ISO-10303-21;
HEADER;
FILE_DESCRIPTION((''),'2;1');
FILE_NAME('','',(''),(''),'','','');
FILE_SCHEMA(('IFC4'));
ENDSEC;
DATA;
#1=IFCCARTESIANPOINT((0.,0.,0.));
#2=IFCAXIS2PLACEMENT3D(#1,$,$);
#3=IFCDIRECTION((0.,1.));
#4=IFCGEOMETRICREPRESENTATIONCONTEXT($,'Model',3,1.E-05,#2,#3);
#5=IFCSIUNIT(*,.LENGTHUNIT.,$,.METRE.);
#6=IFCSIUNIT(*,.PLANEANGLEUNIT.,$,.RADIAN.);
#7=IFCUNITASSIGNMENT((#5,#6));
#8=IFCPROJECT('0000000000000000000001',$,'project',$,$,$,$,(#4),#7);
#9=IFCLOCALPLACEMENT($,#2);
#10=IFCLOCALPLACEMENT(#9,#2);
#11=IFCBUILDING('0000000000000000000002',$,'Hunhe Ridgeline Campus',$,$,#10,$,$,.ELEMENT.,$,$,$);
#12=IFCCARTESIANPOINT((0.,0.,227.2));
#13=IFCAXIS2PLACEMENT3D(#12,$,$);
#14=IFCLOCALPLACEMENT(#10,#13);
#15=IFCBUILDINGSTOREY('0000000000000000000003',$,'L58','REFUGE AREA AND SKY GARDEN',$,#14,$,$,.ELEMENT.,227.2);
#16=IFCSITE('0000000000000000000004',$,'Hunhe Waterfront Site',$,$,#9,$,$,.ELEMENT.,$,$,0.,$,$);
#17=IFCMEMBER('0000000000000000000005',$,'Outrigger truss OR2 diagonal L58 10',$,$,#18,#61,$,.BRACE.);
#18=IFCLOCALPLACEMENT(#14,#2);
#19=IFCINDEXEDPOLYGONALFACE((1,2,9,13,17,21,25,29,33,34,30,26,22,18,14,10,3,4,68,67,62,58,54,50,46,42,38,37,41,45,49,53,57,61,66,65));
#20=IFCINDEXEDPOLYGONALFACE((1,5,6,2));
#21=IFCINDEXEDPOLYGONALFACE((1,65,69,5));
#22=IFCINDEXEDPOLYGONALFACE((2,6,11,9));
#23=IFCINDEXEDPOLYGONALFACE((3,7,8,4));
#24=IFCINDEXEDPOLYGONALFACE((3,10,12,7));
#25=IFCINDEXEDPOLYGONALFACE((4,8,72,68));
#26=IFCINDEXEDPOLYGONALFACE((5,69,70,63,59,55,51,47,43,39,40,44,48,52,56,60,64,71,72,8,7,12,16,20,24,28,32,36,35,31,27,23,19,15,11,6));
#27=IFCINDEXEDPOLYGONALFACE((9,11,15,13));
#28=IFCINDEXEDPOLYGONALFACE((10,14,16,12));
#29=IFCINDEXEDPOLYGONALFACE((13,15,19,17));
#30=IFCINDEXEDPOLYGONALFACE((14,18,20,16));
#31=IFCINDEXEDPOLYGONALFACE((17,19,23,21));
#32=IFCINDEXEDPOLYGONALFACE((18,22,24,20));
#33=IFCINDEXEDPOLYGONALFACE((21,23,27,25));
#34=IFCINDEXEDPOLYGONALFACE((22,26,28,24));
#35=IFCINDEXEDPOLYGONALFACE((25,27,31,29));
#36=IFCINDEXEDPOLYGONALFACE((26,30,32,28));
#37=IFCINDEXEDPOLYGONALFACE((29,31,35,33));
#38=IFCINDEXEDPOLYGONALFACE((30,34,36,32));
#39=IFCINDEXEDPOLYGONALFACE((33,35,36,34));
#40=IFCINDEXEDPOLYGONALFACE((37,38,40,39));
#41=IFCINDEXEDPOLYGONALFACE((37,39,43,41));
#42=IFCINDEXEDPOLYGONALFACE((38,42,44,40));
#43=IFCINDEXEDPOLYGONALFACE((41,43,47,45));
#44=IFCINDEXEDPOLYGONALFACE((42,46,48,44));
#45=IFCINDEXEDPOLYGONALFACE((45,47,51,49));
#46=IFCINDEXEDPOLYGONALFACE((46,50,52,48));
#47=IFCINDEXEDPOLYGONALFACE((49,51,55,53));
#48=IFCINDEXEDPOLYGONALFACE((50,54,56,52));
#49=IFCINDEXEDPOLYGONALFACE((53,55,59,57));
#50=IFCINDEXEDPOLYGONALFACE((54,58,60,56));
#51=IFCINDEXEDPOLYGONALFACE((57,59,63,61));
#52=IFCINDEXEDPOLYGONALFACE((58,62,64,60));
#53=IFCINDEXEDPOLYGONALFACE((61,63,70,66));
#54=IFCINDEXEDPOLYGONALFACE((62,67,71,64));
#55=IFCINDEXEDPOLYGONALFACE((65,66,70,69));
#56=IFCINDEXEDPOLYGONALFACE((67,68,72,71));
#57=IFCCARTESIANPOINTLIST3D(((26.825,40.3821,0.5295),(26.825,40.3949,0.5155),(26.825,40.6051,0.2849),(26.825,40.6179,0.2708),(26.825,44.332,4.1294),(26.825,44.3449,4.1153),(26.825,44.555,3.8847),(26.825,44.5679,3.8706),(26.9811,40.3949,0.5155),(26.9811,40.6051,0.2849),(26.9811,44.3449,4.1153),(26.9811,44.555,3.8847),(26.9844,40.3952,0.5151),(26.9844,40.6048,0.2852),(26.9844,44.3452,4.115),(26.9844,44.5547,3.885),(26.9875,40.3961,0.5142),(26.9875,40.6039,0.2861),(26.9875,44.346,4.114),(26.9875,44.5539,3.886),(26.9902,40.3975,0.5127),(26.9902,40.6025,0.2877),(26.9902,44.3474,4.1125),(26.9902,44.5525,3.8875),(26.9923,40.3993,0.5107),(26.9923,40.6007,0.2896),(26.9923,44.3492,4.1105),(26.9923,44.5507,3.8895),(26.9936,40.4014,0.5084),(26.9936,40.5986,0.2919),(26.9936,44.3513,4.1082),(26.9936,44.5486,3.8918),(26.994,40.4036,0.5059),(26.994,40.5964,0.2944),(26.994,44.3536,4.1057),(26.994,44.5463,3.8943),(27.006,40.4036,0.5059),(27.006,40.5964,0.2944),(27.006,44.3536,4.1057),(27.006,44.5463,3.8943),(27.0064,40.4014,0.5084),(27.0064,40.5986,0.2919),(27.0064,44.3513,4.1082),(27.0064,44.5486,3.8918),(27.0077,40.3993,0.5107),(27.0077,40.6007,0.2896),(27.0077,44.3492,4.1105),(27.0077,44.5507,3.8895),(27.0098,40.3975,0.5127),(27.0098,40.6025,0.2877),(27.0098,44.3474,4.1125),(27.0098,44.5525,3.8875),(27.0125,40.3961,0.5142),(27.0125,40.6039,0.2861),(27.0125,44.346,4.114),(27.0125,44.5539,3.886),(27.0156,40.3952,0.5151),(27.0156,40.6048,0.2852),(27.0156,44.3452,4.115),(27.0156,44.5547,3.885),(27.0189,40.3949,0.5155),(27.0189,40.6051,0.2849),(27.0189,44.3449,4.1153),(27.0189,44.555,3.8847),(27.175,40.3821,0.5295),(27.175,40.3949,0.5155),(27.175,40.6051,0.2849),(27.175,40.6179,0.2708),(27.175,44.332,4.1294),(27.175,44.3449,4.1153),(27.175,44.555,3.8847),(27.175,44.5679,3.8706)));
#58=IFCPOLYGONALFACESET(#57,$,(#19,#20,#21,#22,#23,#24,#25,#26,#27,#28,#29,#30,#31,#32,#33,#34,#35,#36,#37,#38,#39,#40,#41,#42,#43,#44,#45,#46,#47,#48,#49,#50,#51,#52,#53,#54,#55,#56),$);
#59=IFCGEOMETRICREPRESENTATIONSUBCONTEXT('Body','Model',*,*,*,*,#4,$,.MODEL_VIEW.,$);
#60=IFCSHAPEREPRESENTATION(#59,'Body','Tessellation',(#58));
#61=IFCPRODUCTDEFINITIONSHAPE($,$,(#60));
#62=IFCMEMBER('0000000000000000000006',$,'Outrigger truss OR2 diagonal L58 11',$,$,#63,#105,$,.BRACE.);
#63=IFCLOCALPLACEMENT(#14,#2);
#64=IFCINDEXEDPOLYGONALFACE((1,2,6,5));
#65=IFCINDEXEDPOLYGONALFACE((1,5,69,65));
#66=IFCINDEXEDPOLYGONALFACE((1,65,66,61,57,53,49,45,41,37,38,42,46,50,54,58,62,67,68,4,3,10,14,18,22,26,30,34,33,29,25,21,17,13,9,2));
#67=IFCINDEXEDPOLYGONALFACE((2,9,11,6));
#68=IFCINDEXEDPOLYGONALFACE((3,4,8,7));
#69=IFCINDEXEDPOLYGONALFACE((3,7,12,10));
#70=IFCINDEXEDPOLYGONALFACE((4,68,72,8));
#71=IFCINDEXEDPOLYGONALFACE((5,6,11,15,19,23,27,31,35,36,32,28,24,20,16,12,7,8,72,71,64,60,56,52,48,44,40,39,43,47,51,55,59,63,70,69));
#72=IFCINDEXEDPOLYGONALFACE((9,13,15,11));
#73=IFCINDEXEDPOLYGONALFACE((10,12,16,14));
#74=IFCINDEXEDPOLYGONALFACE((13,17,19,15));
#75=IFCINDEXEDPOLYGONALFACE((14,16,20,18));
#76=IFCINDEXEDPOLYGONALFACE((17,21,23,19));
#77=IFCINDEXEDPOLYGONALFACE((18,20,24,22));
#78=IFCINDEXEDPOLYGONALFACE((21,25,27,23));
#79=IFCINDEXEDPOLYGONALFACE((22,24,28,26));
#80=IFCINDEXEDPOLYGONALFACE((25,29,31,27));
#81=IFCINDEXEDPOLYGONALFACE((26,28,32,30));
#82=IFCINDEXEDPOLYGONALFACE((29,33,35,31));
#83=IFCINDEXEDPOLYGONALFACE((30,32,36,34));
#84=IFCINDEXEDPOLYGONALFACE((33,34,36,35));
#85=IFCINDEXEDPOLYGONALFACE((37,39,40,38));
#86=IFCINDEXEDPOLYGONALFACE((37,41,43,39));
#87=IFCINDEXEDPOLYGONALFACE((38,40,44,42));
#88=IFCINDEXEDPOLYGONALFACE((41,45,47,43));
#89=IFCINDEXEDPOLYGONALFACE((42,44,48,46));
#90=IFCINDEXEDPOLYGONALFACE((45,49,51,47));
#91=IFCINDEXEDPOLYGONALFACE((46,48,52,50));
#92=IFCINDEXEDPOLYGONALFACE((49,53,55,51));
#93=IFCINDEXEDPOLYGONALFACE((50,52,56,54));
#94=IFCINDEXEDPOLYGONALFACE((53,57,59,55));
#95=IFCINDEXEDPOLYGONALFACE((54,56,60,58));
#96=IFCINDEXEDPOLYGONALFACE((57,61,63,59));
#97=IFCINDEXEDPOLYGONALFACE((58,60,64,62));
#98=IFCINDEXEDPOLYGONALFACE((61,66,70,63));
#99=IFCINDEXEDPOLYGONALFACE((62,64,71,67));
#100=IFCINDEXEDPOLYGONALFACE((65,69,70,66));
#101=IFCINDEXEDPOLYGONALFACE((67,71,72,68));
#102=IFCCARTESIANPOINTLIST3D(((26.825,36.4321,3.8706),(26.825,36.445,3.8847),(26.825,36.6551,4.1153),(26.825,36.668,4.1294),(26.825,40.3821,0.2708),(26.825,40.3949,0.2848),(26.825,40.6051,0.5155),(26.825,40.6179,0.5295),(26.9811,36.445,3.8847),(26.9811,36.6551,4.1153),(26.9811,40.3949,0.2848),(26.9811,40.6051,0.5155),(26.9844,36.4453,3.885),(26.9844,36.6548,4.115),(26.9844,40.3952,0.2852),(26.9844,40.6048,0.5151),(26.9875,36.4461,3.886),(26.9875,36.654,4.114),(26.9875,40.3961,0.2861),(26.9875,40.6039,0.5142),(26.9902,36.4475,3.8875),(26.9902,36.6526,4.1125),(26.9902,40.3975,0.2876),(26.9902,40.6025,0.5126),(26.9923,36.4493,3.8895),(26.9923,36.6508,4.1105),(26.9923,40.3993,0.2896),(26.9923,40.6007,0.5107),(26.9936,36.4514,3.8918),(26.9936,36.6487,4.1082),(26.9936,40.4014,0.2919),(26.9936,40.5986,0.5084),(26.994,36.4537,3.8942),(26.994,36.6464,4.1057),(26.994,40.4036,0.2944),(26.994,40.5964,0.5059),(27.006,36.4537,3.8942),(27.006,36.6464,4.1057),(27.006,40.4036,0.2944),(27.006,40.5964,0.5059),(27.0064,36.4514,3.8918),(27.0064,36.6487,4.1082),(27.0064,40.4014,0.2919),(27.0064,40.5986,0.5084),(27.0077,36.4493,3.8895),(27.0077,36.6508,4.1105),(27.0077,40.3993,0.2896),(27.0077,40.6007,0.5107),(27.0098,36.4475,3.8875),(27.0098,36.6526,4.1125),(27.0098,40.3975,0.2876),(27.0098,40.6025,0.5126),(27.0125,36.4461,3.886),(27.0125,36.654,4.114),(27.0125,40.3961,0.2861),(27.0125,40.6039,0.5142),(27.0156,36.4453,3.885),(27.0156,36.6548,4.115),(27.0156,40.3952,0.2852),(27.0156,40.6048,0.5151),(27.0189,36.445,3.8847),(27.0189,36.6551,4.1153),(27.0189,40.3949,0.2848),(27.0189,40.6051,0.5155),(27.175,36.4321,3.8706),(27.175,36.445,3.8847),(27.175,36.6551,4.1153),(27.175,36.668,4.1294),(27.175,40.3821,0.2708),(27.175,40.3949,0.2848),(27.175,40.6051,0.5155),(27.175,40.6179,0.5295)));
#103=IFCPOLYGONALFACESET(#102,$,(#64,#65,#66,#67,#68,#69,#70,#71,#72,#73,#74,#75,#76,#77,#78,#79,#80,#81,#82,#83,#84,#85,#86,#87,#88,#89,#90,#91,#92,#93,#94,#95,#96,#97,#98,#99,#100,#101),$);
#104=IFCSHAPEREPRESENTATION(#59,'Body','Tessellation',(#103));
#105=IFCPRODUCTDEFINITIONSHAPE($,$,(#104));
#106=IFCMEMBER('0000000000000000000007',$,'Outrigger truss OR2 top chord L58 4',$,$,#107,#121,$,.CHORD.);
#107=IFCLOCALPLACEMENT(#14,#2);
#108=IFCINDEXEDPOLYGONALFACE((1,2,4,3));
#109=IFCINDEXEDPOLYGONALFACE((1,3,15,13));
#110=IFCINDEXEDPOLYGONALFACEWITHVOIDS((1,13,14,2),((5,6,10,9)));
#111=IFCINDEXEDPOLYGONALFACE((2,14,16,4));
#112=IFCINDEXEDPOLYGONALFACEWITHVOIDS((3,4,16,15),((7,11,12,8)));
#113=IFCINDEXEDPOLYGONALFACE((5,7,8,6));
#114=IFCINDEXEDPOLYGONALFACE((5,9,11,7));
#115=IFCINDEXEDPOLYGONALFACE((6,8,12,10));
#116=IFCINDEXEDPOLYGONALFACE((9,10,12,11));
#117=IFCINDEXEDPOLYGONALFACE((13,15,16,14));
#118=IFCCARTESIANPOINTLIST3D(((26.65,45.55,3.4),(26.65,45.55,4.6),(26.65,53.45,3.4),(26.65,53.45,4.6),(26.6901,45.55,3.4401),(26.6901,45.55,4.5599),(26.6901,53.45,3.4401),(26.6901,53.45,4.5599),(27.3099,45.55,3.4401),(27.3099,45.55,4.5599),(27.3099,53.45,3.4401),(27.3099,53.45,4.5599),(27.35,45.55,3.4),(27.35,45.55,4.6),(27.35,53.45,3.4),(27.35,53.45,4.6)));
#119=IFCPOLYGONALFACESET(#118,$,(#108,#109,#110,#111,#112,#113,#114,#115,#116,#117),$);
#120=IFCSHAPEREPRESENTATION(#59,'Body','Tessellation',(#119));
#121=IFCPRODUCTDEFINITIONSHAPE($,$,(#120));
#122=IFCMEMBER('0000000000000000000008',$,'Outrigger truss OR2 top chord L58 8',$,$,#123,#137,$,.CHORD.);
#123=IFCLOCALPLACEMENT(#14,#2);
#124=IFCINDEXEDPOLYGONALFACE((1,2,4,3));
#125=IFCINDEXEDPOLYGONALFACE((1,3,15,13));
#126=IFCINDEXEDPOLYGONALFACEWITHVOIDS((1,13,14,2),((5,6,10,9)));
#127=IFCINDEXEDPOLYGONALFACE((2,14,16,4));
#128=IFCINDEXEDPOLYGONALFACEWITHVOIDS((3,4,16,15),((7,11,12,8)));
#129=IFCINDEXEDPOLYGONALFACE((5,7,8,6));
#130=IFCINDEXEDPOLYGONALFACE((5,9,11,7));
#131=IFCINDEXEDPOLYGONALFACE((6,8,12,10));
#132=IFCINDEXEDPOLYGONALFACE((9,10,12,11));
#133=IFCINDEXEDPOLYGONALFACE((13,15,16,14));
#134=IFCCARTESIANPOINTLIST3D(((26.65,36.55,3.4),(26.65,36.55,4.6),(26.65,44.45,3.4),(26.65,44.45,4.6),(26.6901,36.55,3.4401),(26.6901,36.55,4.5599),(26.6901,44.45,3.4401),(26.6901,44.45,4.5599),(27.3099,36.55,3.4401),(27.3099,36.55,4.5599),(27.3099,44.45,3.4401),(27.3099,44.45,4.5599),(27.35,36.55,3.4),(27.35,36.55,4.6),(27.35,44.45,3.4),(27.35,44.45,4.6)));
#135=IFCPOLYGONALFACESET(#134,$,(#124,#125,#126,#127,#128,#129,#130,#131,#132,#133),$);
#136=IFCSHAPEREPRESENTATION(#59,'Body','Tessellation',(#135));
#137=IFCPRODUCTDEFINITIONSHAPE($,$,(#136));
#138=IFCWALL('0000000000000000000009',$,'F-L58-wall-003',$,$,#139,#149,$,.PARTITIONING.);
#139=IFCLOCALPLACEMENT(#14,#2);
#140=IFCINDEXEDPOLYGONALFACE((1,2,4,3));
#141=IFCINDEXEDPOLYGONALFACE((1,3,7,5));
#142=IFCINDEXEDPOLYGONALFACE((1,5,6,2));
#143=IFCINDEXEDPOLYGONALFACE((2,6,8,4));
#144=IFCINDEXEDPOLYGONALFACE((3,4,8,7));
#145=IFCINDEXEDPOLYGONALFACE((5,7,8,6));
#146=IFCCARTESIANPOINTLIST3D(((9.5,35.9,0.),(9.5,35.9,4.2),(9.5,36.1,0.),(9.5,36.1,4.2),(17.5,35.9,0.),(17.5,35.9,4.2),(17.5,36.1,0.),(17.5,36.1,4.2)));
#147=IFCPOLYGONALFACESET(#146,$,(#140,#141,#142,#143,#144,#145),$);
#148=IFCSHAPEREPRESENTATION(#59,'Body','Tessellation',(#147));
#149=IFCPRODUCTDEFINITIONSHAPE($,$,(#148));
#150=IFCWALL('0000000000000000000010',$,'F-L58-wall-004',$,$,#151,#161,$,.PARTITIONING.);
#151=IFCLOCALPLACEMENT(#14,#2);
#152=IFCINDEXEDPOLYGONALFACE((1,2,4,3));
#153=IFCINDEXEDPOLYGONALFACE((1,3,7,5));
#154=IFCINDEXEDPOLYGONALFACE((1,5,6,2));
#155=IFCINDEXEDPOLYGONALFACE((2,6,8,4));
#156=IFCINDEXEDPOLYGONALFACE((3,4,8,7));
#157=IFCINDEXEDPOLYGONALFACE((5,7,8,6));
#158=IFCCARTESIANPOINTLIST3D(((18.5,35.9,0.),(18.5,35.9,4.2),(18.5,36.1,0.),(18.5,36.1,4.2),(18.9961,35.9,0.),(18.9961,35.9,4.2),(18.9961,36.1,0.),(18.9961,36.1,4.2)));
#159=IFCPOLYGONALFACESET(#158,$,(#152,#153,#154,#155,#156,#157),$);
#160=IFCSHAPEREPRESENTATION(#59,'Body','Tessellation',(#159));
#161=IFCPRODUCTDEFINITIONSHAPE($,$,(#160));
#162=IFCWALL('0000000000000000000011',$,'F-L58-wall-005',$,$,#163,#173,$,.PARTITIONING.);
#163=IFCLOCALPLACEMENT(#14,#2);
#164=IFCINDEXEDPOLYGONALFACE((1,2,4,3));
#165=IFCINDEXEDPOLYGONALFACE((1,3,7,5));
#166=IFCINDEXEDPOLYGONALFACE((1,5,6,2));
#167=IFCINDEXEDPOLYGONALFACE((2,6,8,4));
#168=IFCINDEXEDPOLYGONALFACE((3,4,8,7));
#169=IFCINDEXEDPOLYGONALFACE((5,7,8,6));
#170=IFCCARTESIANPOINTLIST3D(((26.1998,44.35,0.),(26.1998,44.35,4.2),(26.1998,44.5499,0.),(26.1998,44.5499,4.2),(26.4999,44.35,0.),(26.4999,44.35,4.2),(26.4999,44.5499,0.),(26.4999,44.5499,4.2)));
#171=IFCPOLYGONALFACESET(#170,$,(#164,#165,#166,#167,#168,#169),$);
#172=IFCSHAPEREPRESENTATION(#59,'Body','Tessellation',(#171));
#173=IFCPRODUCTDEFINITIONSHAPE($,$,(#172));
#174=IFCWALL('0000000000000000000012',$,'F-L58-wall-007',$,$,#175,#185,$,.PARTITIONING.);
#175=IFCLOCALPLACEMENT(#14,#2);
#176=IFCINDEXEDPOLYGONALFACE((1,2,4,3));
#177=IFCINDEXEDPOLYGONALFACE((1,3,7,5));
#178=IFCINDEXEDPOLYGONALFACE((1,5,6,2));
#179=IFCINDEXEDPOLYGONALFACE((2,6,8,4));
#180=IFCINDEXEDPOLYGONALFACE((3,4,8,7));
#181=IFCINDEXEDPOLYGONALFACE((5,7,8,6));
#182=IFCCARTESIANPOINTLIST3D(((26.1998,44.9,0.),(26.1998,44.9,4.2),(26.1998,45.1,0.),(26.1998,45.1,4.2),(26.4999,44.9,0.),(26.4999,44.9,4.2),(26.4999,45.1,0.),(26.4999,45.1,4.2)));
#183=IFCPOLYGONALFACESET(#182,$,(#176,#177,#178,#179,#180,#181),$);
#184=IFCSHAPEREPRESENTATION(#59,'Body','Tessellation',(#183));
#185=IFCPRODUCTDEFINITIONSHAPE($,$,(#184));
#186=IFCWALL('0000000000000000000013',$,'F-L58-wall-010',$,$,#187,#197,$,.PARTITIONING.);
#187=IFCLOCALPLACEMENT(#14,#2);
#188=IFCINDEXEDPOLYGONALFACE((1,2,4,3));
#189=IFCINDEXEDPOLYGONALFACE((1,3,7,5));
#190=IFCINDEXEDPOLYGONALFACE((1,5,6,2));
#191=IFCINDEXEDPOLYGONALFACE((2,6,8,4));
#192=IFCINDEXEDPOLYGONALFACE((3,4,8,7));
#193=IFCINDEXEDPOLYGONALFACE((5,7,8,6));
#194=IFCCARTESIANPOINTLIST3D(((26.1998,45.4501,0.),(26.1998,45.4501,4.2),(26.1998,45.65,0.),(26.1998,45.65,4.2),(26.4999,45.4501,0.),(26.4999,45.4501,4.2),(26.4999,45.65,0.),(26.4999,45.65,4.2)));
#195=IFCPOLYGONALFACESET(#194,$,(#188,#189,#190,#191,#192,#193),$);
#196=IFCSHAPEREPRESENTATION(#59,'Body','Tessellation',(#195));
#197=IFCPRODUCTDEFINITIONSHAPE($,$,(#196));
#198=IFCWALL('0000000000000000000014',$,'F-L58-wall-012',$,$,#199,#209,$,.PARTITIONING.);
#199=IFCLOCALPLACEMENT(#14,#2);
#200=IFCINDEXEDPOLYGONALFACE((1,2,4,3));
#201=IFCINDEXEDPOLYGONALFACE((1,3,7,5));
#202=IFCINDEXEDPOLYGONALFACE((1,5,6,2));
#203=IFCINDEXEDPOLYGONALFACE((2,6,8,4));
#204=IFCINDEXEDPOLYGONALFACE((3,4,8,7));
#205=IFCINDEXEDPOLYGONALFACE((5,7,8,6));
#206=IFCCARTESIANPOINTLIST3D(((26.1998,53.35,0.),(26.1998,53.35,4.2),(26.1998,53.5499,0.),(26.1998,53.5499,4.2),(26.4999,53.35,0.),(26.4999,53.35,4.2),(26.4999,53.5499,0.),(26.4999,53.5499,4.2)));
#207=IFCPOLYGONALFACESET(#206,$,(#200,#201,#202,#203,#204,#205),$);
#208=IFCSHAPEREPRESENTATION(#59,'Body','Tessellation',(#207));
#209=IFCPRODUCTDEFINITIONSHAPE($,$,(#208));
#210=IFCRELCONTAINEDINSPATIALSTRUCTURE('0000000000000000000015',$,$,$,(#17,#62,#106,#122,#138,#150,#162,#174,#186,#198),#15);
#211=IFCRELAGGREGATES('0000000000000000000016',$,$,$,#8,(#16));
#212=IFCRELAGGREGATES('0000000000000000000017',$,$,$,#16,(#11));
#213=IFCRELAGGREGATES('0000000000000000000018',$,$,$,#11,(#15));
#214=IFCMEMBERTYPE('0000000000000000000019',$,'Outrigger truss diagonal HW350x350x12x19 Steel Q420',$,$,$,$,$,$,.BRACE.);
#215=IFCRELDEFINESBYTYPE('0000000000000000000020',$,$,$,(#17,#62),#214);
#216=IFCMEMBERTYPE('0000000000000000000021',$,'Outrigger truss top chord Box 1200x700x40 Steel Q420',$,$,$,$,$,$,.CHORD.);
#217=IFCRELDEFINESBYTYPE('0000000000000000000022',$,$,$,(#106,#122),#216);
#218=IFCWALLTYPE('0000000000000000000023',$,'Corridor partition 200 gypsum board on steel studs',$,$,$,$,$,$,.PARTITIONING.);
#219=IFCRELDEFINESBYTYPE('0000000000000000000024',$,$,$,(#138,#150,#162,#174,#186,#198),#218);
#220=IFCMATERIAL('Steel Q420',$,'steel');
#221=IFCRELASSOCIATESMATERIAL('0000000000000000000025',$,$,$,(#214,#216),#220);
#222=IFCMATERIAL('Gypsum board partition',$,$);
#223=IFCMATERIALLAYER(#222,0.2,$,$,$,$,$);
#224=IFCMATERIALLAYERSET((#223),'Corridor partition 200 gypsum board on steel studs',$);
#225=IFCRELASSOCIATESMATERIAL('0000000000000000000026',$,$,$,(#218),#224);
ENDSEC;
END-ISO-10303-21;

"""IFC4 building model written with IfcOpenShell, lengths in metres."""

from ifc_helpers import new_model, si_unit, direction, frame, frame_2d, origin, origin_2d, place, context, subcontext, project, spatial, rectangle, hollow_rectangle, i_section, extrude, material, layer, layer_set, material_profile, profile_set, type_object, element, save


model = new_model("IFC4")

# Units and contexts
model_context = context("Model", 3, precision=1e-05, world=origin(), true_north=direction((0.0, 1.0)))
body_context = subcontext(model_context, "Body", "Model", "MODEL_VIEW")
ifc_project = project(units=[si_unit("LENGTHUNIT", "METRE"), si_unit("PLANEANGLEUNIT", "RADIAN")], contexts=[model_context])

# Site, building, storey
site_placement = place(None, origin())
site = spatial("IfcSite", under=ifc_project, at=site_placement, Name="Hunhe Waterfront Site", CompositionType="ELEMENT", RefElevation=0.0)
building_placement = place(site_placement, origin())
building = spatial("IfcBuilding", under=site, at=building_placement, Name="Hunhe Ridgeline Campus", CompositionType="ELEMENT")
storey_placement = place(building_placement, frame((0.0, 0.0, 227.2)))
storey = spatial("IfcBuildingStorey", under=building, at=storey_placement, Name="L58", Description="REFUGE AREA AND SKY GARDEN", CompositionType="ELEMENT", Elevation=227.2)

# Members
ifc_material_1 = material(Name="Steel Q420", Category="steel")
ifc_material_profile_1 = material_profile(ifc_material_1, i_section(OverallWidth=0.3501, OverallDepth=0.3501, WebThickness=0.012, FlangeThickness=0.019, FilletRadius=0.0129, at=origin_2d()))
ifc_profile_set_1 = profile_set([ifc_material_profile_1], Name="Steel Q420")
member_type_1 = type_object("IfcMemberType", Name="Outrigger truss diagonal HW350x350x12x19 Steel Q420", PredefinedType="BRACE", material=ifc_profile_set_1)
for number, where, z_axis, x_axis, name in (
    (1, (27.0, 44.45, 4.0), (0.0, -0.739102, -0.673593), (1.0, 0.0, 0.0), "Outrigger truss OR2 diagonal L58 10"),
    (2, (27.0, 40.5, 0.4001), (0.0, -0.739102, 0.673593), (1.0, 0.0, 0.0), "Outrigger truss OR2 diagonal L58 11"),
):
    element("IfcMember", number, at=place(storey_placement, frame(where, z_axis=z_axis, x_axis=x_axis)), inside=storey, type_object=member_type_1, Name=name, PredefinedType="BRACE", context=body_context, shape_type="SweptSolid", body=[
        extrude(i_section(OverallWidth=0.3501, OverallDepth=0.3501, WebThickness=0.012, FlangeThickness=0.019, FilletRadius=0.0129, at=origin_2d()), origin(), (0.0, 0.0, 1.0), 5.3442),
    ])
ifc_material_profile_2 = material_profile(ifc_material_1, hollow_rectangle(XDim=0.7, YDim=1.2, WallThickness=0.04, at=origin_2d()))
ifc_profile_set_2 = profile_set([ifc_material_profile_2], Name="Steel Q420")
member_type_2 = type_object("IfcMemberType", Name="Outrigger truss top chord Box 1200x700x40 Steel Q420", PredefinedType="CHORD", material=ifc_profile_set_2)
for number, where, z_axis, x_axis, name in (
    (3, (27.0, 53.45, 4.0), (0.0, -1.0, 0.0), (1.0, 0.0, 0.0), "Outrigger truss OR2 top chord L58 4"),
    (4, (27.0, 44.45, 4.0), (0.0, -1.0, 0.0), (1.0, 0.0, 0.0), "Outrigger truss OR2 top chord L58 8"),
):
    element("IfcMember", number, at=place(storey_placement, frame(where, z_axis=z_axis, x_axis=x_axis)), inside=storey, type_object=member_type_2, Name=name, PredefinedType="CHORD", context=body_context, shape_type="SweptSolid", body=[
        extrude(hollow_rectangle(XDim=0.7, YDim=1.2, WallThickness=0.04, at=origin_2d()), origin(), (0.0, 0.0, 1.0), 7.8999),
    ])

# Walls
ifc_material_2 = material(Name="Gypsum board partition")
ifc_layer_1 = layer(ifc_material_2, 0.2)
ifc_layer_set_1 = layer_set([ifc_layer_1], Name="Corridor partition 200 gypsum board on steel studs")
wall_type_1 = type_object("IfcWallType", Name="Corridor partition 200 gypsum board on steel studs", PredefinedType="PARTITIONING", material=ifc_layer_set_1)
wall_1_placement = place(storey_placement, frame((9.5, 36.0, 0.0), z_axis=(0.0, 0.0, 1.0), x_axis=(1.0, 0.0, 0.0)))
element("IfcWall", 5, at=wall_1_placement, inside=storey, type_object=wall_type_1, Name="F-L58-wall-003", PredefinedType="PARTITIONING", context=body_context, shape_type="SweptSolid", body=[
    extrude(rectangle(XDim=8.0, YDim=0.2, at=frame_2d((4.0, 0.0))), origin(), (0.0, 0.0, 1.0), 4.2),
])
wall_2_placement = place(storey_placement, frame((18.5, 36.0, 0.0), z_axis=(0.0, 0.0, 1.0), x_axis=(1.0, 0.0, 0.0)))
element("IfcWall", 6, at=wall_2_placement, inside=storey, type_object=wall_type_1, Name="F-L58-wall-004", PredefinedType="PARTITIONING", context=body_context, shape_type="SweptSolid", body=[
    extrude(rectangle(XDim=0.4961, YDim=0.2, at=frame_2d((0.248, 0.0))), origin(), (0.0, 0.0, 1.0), 4.2),
])
for number, where, z_axis, x_axis, name in (
    (7, (26.2, 44.45, 0.0), (0.0, 0.0, 1.0), (1.0, 0.0, 0.0), "F-L58-wall-005"),
    (8, (26.2, 45.0, 0.0), (0.0, 0.0, 1.0), (1.0, 0.0, 0.0), "F-L58-wall-007"),
    (9, (26.2, 45.55, 0.0), (0.0, 0.0, 1.0), (1.0, 0.0, 0.0), "F-L58-wall-010"),
    (10, (26.2, 53.45, 0.0), (0.0, 0.0, 1.0), (1.0, 0.0, 0.0), "F-L58-wall-012"),
):
    element("IfcWall", number, at=place(storey_placement, frame(where, z_axis=z_axis, x_axis=x_axis)), inside=storey, type_object=wall_type_1, Name=name, PredefinedType="PARTITIONING", context=body_context, shape_type="SweptSolid", body=[
        extrude(rectangle(XDim=0.3, YDim=0.2, at=frame_2d((0.1499, 0.0))), origin(), (0.0, 0.0, 1.0), 4.2),
    ])

save(model, "model.ifc")
